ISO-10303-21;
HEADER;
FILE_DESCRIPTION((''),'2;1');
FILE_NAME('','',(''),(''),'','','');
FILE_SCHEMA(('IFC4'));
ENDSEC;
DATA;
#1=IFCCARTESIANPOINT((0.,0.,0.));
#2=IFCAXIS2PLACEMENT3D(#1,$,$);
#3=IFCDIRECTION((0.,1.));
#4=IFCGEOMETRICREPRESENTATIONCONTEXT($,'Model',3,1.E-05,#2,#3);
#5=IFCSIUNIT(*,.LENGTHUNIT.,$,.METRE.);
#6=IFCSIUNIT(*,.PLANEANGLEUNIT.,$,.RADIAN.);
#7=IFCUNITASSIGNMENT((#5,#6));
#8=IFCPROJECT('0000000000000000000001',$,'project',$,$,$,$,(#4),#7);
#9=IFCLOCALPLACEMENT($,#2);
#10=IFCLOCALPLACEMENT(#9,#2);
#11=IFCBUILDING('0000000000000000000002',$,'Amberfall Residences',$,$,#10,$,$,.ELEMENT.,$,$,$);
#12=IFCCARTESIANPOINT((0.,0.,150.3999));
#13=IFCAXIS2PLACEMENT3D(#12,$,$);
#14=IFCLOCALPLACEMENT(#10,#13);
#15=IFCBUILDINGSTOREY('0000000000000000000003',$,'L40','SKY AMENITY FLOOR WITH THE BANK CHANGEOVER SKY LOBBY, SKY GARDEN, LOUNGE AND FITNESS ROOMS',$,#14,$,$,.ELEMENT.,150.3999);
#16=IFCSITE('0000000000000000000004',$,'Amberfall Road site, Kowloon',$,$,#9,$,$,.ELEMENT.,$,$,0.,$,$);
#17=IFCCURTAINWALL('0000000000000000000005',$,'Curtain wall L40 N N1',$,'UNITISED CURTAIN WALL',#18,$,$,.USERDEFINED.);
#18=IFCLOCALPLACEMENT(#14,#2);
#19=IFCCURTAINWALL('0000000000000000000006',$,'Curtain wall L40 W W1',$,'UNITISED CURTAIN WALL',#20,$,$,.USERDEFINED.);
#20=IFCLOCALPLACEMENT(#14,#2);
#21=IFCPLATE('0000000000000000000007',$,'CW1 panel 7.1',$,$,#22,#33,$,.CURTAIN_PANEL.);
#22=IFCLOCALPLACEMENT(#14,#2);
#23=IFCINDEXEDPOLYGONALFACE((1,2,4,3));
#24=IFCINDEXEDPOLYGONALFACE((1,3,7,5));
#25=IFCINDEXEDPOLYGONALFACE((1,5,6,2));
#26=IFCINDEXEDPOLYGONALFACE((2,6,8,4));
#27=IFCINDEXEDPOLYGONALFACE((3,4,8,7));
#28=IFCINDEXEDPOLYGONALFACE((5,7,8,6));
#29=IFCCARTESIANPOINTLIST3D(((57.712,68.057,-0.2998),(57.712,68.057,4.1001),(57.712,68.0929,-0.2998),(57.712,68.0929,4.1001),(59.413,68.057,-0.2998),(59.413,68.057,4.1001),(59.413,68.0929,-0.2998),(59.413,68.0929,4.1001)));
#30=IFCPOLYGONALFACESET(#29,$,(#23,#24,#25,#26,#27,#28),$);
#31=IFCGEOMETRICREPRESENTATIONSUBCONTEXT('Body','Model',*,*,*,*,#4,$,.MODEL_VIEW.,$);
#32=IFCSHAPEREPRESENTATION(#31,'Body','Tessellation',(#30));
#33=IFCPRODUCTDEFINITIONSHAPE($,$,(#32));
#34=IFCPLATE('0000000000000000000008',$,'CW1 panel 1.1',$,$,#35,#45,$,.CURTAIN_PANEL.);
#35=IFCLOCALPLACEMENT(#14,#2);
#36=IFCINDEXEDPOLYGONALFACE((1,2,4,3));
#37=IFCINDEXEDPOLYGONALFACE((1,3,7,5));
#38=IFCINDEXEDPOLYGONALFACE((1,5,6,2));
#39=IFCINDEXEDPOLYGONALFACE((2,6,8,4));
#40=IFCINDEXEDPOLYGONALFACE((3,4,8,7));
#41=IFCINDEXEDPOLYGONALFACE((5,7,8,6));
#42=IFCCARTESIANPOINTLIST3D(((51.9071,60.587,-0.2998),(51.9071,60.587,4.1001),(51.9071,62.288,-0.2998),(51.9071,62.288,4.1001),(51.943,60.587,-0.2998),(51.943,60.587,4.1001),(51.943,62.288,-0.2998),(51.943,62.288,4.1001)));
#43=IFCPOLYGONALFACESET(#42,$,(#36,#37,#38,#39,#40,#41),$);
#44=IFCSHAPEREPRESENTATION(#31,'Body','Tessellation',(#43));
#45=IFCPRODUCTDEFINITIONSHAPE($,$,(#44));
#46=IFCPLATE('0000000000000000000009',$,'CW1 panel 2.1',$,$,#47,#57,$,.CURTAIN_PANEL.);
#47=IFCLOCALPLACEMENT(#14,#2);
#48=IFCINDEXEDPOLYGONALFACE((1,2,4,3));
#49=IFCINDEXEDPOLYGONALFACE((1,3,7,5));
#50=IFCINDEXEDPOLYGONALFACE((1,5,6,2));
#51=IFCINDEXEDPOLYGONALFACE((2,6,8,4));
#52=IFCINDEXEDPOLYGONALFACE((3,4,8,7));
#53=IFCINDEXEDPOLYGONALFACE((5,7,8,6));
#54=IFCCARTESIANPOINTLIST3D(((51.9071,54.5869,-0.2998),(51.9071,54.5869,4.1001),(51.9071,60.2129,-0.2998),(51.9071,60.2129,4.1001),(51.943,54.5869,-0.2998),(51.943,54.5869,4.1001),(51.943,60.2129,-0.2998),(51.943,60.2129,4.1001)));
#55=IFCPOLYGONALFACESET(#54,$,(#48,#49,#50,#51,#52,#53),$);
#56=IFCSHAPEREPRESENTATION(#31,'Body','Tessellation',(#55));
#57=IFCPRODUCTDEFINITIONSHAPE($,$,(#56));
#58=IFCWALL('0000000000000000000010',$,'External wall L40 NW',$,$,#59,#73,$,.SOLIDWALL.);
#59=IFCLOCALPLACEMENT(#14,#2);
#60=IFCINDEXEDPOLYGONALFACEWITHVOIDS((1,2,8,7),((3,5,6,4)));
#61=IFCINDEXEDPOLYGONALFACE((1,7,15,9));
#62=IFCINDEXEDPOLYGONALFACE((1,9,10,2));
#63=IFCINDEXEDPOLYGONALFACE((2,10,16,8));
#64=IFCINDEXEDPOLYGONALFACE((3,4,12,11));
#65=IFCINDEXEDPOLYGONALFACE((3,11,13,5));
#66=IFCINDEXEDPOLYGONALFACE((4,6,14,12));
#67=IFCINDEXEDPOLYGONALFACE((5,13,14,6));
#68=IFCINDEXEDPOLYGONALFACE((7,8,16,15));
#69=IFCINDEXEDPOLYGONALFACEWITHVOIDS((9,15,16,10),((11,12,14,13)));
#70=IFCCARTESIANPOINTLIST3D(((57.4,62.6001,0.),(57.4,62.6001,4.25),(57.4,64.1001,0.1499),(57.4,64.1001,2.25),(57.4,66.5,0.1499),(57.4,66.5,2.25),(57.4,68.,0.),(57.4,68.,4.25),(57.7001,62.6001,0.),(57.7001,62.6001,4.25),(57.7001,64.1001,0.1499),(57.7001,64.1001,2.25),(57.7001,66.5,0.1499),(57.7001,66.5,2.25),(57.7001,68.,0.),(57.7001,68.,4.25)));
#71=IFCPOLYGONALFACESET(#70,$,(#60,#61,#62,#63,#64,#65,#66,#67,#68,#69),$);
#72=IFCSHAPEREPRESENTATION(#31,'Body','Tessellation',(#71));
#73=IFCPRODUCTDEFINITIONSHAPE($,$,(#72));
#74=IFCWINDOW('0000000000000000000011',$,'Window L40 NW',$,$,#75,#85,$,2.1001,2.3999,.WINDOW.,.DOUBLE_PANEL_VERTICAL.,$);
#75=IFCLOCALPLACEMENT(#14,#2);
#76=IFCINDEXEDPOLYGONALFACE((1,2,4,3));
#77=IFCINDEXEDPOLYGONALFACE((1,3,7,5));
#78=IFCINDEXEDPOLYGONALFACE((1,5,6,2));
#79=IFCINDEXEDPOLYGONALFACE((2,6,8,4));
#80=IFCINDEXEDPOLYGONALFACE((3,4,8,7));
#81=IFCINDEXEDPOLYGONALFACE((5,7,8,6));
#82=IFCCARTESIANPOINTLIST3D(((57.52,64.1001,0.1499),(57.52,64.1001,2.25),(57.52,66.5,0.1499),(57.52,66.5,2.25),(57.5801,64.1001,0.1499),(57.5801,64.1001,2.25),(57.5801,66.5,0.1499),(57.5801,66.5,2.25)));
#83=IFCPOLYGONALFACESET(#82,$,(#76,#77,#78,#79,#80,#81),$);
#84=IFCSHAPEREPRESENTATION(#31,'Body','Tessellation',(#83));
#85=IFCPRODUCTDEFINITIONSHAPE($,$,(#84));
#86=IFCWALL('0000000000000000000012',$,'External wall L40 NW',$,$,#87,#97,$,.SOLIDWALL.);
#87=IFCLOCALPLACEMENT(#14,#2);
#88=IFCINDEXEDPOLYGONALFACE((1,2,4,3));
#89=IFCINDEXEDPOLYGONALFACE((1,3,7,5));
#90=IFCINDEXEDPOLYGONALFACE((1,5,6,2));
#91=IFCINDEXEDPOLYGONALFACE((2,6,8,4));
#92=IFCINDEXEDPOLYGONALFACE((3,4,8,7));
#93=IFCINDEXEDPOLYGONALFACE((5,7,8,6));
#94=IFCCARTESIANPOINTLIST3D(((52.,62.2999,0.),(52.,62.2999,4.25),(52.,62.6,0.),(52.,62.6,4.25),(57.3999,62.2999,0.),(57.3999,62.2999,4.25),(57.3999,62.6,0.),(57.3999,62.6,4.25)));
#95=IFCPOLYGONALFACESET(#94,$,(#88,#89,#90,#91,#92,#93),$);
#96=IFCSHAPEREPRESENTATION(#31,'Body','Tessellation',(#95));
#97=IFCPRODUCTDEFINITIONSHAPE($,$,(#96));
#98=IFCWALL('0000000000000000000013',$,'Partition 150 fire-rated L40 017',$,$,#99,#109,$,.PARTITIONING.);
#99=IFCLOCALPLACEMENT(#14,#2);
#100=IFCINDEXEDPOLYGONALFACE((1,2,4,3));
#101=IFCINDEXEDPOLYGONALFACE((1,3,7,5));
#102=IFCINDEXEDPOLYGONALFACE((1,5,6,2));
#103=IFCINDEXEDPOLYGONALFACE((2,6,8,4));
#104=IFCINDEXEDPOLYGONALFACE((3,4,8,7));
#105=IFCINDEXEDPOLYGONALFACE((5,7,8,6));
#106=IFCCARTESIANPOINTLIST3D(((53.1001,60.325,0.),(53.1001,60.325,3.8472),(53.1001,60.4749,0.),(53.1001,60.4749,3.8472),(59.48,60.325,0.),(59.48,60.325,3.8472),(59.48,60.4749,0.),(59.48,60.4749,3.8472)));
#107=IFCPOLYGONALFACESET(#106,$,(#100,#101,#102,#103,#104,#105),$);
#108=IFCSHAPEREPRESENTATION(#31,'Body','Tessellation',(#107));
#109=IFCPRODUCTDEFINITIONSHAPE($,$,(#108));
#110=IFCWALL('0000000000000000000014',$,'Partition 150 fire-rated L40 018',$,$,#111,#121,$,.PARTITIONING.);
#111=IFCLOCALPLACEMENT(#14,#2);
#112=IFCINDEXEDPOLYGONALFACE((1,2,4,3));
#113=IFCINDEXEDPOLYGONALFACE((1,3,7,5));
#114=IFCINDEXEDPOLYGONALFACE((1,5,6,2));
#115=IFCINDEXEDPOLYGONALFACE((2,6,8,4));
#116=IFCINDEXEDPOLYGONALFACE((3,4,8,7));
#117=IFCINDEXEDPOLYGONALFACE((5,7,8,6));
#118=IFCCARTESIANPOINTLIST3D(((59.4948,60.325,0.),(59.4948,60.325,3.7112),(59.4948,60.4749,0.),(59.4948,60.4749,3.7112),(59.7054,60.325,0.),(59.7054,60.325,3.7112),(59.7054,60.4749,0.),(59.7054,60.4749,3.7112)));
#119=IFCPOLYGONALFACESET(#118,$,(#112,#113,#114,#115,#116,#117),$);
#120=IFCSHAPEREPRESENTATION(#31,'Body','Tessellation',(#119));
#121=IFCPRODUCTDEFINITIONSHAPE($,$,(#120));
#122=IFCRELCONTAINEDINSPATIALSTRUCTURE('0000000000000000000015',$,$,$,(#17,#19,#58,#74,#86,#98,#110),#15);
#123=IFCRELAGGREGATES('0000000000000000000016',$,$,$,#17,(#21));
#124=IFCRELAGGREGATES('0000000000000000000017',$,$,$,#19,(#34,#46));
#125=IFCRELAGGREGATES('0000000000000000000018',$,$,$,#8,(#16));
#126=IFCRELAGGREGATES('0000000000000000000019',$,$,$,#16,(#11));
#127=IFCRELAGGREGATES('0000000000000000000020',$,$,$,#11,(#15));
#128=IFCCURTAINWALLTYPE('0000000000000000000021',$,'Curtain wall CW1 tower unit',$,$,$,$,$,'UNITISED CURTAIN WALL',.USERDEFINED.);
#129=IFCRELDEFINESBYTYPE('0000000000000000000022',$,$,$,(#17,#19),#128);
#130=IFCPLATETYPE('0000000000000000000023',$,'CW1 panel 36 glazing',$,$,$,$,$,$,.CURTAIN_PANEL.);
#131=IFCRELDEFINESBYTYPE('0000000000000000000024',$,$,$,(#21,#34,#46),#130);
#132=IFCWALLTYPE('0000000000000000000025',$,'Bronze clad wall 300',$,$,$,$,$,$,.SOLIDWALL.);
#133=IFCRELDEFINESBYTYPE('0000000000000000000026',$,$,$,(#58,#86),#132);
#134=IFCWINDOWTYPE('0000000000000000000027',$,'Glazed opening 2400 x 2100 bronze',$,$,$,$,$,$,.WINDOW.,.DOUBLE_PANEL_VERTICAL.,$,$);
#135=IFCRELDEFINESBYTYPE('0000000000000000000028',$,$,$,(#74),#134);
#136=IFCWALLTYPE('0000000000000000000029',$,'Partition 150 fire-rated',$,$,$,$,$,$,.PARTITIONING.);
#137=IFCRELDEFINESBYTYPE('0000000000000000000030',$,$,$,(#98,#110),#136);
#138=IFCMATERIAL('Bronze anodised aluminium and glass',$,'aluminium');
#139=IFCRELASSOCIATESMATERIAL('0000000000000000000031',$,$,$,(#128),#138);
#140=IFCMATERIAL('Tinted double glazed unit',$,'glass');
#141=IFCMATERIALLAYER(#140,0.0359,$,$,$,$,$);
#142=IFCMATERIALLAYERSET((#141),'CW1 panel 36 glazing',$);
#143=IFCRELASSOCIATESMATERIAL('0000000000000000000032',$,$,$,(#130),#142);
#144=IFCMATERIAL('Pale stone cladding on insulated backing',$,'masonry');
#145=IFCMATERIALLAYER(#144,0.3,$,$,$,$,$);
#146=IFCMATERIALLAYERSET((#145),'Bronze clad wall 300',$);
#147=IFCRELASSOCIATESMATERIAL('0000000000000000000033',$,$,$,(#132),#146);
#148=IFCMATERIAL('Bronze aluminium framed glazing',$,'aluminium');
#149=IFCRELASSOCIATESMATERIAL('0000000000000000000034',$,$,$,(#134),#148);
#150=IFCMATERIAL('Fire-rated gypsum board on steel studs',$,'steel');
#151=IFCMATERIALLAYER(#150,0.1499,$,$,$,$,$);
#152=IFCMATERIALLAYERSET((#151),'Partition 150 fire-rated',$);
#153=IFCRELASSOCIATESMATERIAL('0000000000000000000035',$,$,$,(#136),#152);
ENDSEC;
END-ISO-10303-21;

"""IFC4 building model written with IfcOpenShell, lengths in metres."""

from ifc_helpers import new_model, si_unit, direction, frame, frame_2d, origin, origin_2d, place, context, subcontext, project, spatial, rectangle, extrude, material, layer, layer_set, type_object, element, fill, aggregate, save


model = new_model("IFC4")

# Units and contexts
model_context = context("Model", 3, precision=1e-05, world=origin(), true_north=direction((0.0, 1.0)))
body_context = subcontext(model_context, "Body", "Model", "MODEL_VIEW")
ifc_project = project(units=[si_unit("LENGTHUNIT", "METRE"), si_unit("PLANEANGLEUNIT", "RADIAN")], contexts=[model_context])

# Site, building, storey
site_placement = place(None, origin())
site = spatial("IfcSite", under=ifc_project, at=site_placement, Name="Amberfall Road site, Kowloon", CompositionType="ELEMENT", RefElevation=0.0)
building_placement = place(site_placement, origin())
building = spatial("IfcBuilding", under=site, at=building_placement, Name="Amberfall Residences", CompositionType="ELEMENT")
storey_placement = place(building_placement, frame((0.0, 0.0, 150.3999)))
storey = spatial("IfcBuildingStorey", under=building, at=storey_placement, Name="L40", Description="SKY AMENITY FLOOR WITH THE BANK CHANGEOVER SKY LOBBY, SKY GARDEN, LOUNGE AND FITNESS ROOMS", CompositionType="ELEMENT", Elevation=150.3999)

# Curtain wall
ifc_material_1 = material(Name="Bronze anodised aluminium and glass", Category="aluminium")
curtain_wall_type = type_object("IfcCurtainWallType", Name="Curtain wall CW1 tower unit", ElementType="UNITISED CURTAIN WALL", PredefinedType="USERDEFINED", material=ifc_material_1)
curtain_wall_1_placement = place(storey_placement, origin())
curtain_wall_1 = element("IfcCurtainWall", 1, at=curtain_wall_1_placement, inside=storey, type_object=curtain_wall_type, Name="Curtain wall L40 N N1", ObjectType="UNITISED CURTAIN WALL", PredefinedType="USERDEFINED")

# Curtain wall
curtain_wall_2_placement = place(storey_placement, origin())
curtain_wall_2 = element("IfcCurtainWall", 2, at=curtain_wall_2_placement, inside=storey, type_object=curtain_wall_type, Name="Curtain wall L40 W W1", ObjectType="UNITISED CURTAIN WALL", PredefinedType="USERDEFINED")

# Plates
ifc_material_2 = material(Name="Tinted double glazed unit", Category="glass")
ifc_layer_1 = layer(ifc_material_2, 0.0359)
ifc_layer_set_1 = layer_set([ifc_layer_1], Name="CW1 panel 36 glazing")
plate_type = type_object("IfcPlateType", Name="CW1 panel 36 glazing", PredefinedType="CURTAIN_PANEL", material=ifc_layer_set_1)
plate_1_placement = place(storey_placement, frame((58.5625, 68.075, -0.2998), z_axis=(0.0, 0.0, 1.0), x_axis=(-1.0, 0.0, 0.0)))
plate_1 = element("IfcPlate", 3, at=plate_1_placement, type_object=plate_type, Name="CW1 panel 7.1", PredefinedType="CURTAIN_PANEL", context=body_context, shape_type="SweptSolid", body=[
    extrude(rectangle(XDim=1.7009, YDim=0.0359, at=origin_2d()), origin(), (0.0, 0.0, 1.0), 4.3999),
])
aggregate(curtain_wall_1, [plate_1])
plate_2_placement = place(storey_placement, frame((51.925, 61.4375, -0.2998), z_axis=(0.0, 0.0, 1.0), x_axis=(0.0, -1.0, 0.0)))
plate_2 = element("IfcPlate", 4, at=plate_2_placement, type_object=plate_type, Name="CW1 panel 1.1", PredefinedType="CURTAIN_PANEL", context=body_context, shape_type="SweptSolid", body=[
    extrude(rectangle(XDim=1.7009, YDim=0.0359, at=origin_2d()), origin(), (0.0, 0.0, 1.0), 4.3999),
])
plate_3_placement = place(storey_placement, frame((51.925, 57.3999, -0.2998), z_axis=(0.0, 0.0, 1.0), x_axis=(0.0, -1.0, 0.0)))
plate_3 = element("IfcPlate", 5, at=plate_3_placement, type_object=plate_type, Name="CW1 panel 2.1", PredefinedType="CURTAIN_PANEL", context=body_context, shape_type="SweptSolid", body=[
    extrude(rectangle(XDim=5.626, YDim=0.0359, at=origin_2d()), origin(), (0.0, 0.0, 1.0), 4.3999),
])
aggregate(curtain_wall_2, [plate_2, plate_3])

# Wall, opening, window
ifc_material_3 = material(Name="Pale stone cladding on insulated backing", Category="masonry")
ifc_layer_2 = layer(ifc_material_3, 0.3)
ifc_layer_set_2 = layer_set([ifc_layer_2], Name="Bronze clad wall 300")
wall_type_1 = type_object("IfcWallType", Name="Bronze clad wall 300", PredefinedType="SOLIDWALL", material=ifc_layer_set_2)
wall_1_placement = place(storey_placement, frame((57.55, 68.0, 0.0), z_axis=(0.0, 0.0, 1.0), x_axis=(0.0, -1.0, 0.0)))
wall_1 = element("IfcWall", 6, at=wall_1_placement, inside=storey, type_object=wall_type_1, Name="External wall L40 NW", PredefinedType="SOLIDWALL", context=body_context, shape_type="SweptSolid", body=[
    extrude(rectangle(XDim=5.3999, YDim=0.3, at=frame_2d((2.7, 0.0))), origin(), (0.0, 0.0, 1.0), 4.25),
])
opening_placement = place(wall_1_placement, frame((1.5, 0.0, 0.1499)))
opening = element("IfcOpeningElement", 7, at=opening_placement, cuts=wall_1, PredefinedType="OPENING", context=body_context, shape_type="SweptSolid", body=[
    extrude(rectangle(XDim=2.3999, YDim=2.1001, at=frame_2d((1.2, 1.05))), frame((0.0, 0.1599, 0.0), z_axis=(0.0, -1.0, 0.0), x_axis=(1.0, 0.0, 0.0)), (0.0, 0.0, 1.0), 0.3201),
])
ifc_material_4 = material(Name="Bronze aluminium framed glazing", Category="aluminium")
window_type = type_object("IfcWindowType", Name="Glazed opening 2400 x 2100 bronze", PartitioningType="DOUBLE_PANEL_VERTICAL", PredefinedType="WINDOW", material=ifc_material_4)
window_placement = place(opening_placement, origin())
window = element("IfcWindow", 8, at=window_placement, inside=storey, type_object=window_type, Name="Window L40 NW", OverallHeight=2.1001, OverallWidth=2.3999, PartitioningType="DOUBLE_PANEL_VERTICAL", PredefinedType="WINDOW", context=body_context, shape_type="SweptSolid", body=[
    extrude(rectangle(XDim=2.3999, YDim=2.1001, at=frame_2d((1.2, 1.05))), frame((0.0, 0.03, 0.0), z_axis=(0.0, -1.0, 0.0), x_axis=(1.0, 0.0, 0.0)), (0.0, 0.0, 1.0), 0.0601),
])
fill(opening, window)

# Walls
wall_2_placement = place(storey_placement, frame((57.3999, 62.45, 0.0), z_axis=(0.0, 0.0, 1.0), x_axis=(-1.0, 0.0, 0.0)))
element("IfcWall", 9, at=wall_2_placement, inside=storey, type_object=wall_type_1, Name="External wall L40 NW", PredefinedType="SOLIDWALL", context=body_context, shape_type="SweptSolid", body=[
    extrude(rectangle(XDim=5.3999, YDim=0.3, at=frame_2d((2.7, 0.0))), origin(), (0.0, 0.0, 1.0), 4.25),
])
ifc_material_5 = material(Name="Fire-rated gypsum board on steel studs", Category="steel")
ifc_layer_3 = layer(ifc_material_5, 0.1499)
ifc_layer_set_3 = layer_set([ifc_layer_3], Name="Partition 150 fire-rated")
wall_type_2 = type_object("IfcWallType", Name="Partition 150 fire-rated", PredefinedType="PARTITIONING", material=ifc_layer_set_3)
wall_3_placement = place(storey_placement, frame((53.1001, 60.3999, 0.0), z_axis=(0.0, 0.0, 1.0), x_axis=(1.0, 0.0, 0.0)))
element("IfcWall", 10, at=wall_3_placement, inside=storey, type_object=wall_type_2, Name="Partition 150 fire-rated L40 017", PredefinedType="PARTITIONING", context=body_context, shape_type="SweptSolid", body=[
    extrude(rectangle(XDim=6.3799, YDim=0.1499, at=frame_2d((3.1899, 0.0))), origin(), (0.0, 0.0, 1.0), 3.8472),
])
wall_4_placement = place(storey_placement, frame((59.4946, 60.3999, 0.0), z_axis=(0.0, 0.0, 1.0), x_axis=(1.0, 0.0, 0.0)))
element("IfcWall", 11, at=wall_4_placement, inside=storey, type_object=wall_type_2, Name="Partition 150 fire-rated L40 018", PredefinedType="PARTITIONING", context=body_context, shape_type="SweptSolid", body=[
    extrude(rectangle(XDim=0.2107, YDim=0.1499, at=frame_2d((0.1055, 0.0))), origin(), (0.0, 0.0, 1.0), 3.7112),
])

save(model, "model.ifc")
